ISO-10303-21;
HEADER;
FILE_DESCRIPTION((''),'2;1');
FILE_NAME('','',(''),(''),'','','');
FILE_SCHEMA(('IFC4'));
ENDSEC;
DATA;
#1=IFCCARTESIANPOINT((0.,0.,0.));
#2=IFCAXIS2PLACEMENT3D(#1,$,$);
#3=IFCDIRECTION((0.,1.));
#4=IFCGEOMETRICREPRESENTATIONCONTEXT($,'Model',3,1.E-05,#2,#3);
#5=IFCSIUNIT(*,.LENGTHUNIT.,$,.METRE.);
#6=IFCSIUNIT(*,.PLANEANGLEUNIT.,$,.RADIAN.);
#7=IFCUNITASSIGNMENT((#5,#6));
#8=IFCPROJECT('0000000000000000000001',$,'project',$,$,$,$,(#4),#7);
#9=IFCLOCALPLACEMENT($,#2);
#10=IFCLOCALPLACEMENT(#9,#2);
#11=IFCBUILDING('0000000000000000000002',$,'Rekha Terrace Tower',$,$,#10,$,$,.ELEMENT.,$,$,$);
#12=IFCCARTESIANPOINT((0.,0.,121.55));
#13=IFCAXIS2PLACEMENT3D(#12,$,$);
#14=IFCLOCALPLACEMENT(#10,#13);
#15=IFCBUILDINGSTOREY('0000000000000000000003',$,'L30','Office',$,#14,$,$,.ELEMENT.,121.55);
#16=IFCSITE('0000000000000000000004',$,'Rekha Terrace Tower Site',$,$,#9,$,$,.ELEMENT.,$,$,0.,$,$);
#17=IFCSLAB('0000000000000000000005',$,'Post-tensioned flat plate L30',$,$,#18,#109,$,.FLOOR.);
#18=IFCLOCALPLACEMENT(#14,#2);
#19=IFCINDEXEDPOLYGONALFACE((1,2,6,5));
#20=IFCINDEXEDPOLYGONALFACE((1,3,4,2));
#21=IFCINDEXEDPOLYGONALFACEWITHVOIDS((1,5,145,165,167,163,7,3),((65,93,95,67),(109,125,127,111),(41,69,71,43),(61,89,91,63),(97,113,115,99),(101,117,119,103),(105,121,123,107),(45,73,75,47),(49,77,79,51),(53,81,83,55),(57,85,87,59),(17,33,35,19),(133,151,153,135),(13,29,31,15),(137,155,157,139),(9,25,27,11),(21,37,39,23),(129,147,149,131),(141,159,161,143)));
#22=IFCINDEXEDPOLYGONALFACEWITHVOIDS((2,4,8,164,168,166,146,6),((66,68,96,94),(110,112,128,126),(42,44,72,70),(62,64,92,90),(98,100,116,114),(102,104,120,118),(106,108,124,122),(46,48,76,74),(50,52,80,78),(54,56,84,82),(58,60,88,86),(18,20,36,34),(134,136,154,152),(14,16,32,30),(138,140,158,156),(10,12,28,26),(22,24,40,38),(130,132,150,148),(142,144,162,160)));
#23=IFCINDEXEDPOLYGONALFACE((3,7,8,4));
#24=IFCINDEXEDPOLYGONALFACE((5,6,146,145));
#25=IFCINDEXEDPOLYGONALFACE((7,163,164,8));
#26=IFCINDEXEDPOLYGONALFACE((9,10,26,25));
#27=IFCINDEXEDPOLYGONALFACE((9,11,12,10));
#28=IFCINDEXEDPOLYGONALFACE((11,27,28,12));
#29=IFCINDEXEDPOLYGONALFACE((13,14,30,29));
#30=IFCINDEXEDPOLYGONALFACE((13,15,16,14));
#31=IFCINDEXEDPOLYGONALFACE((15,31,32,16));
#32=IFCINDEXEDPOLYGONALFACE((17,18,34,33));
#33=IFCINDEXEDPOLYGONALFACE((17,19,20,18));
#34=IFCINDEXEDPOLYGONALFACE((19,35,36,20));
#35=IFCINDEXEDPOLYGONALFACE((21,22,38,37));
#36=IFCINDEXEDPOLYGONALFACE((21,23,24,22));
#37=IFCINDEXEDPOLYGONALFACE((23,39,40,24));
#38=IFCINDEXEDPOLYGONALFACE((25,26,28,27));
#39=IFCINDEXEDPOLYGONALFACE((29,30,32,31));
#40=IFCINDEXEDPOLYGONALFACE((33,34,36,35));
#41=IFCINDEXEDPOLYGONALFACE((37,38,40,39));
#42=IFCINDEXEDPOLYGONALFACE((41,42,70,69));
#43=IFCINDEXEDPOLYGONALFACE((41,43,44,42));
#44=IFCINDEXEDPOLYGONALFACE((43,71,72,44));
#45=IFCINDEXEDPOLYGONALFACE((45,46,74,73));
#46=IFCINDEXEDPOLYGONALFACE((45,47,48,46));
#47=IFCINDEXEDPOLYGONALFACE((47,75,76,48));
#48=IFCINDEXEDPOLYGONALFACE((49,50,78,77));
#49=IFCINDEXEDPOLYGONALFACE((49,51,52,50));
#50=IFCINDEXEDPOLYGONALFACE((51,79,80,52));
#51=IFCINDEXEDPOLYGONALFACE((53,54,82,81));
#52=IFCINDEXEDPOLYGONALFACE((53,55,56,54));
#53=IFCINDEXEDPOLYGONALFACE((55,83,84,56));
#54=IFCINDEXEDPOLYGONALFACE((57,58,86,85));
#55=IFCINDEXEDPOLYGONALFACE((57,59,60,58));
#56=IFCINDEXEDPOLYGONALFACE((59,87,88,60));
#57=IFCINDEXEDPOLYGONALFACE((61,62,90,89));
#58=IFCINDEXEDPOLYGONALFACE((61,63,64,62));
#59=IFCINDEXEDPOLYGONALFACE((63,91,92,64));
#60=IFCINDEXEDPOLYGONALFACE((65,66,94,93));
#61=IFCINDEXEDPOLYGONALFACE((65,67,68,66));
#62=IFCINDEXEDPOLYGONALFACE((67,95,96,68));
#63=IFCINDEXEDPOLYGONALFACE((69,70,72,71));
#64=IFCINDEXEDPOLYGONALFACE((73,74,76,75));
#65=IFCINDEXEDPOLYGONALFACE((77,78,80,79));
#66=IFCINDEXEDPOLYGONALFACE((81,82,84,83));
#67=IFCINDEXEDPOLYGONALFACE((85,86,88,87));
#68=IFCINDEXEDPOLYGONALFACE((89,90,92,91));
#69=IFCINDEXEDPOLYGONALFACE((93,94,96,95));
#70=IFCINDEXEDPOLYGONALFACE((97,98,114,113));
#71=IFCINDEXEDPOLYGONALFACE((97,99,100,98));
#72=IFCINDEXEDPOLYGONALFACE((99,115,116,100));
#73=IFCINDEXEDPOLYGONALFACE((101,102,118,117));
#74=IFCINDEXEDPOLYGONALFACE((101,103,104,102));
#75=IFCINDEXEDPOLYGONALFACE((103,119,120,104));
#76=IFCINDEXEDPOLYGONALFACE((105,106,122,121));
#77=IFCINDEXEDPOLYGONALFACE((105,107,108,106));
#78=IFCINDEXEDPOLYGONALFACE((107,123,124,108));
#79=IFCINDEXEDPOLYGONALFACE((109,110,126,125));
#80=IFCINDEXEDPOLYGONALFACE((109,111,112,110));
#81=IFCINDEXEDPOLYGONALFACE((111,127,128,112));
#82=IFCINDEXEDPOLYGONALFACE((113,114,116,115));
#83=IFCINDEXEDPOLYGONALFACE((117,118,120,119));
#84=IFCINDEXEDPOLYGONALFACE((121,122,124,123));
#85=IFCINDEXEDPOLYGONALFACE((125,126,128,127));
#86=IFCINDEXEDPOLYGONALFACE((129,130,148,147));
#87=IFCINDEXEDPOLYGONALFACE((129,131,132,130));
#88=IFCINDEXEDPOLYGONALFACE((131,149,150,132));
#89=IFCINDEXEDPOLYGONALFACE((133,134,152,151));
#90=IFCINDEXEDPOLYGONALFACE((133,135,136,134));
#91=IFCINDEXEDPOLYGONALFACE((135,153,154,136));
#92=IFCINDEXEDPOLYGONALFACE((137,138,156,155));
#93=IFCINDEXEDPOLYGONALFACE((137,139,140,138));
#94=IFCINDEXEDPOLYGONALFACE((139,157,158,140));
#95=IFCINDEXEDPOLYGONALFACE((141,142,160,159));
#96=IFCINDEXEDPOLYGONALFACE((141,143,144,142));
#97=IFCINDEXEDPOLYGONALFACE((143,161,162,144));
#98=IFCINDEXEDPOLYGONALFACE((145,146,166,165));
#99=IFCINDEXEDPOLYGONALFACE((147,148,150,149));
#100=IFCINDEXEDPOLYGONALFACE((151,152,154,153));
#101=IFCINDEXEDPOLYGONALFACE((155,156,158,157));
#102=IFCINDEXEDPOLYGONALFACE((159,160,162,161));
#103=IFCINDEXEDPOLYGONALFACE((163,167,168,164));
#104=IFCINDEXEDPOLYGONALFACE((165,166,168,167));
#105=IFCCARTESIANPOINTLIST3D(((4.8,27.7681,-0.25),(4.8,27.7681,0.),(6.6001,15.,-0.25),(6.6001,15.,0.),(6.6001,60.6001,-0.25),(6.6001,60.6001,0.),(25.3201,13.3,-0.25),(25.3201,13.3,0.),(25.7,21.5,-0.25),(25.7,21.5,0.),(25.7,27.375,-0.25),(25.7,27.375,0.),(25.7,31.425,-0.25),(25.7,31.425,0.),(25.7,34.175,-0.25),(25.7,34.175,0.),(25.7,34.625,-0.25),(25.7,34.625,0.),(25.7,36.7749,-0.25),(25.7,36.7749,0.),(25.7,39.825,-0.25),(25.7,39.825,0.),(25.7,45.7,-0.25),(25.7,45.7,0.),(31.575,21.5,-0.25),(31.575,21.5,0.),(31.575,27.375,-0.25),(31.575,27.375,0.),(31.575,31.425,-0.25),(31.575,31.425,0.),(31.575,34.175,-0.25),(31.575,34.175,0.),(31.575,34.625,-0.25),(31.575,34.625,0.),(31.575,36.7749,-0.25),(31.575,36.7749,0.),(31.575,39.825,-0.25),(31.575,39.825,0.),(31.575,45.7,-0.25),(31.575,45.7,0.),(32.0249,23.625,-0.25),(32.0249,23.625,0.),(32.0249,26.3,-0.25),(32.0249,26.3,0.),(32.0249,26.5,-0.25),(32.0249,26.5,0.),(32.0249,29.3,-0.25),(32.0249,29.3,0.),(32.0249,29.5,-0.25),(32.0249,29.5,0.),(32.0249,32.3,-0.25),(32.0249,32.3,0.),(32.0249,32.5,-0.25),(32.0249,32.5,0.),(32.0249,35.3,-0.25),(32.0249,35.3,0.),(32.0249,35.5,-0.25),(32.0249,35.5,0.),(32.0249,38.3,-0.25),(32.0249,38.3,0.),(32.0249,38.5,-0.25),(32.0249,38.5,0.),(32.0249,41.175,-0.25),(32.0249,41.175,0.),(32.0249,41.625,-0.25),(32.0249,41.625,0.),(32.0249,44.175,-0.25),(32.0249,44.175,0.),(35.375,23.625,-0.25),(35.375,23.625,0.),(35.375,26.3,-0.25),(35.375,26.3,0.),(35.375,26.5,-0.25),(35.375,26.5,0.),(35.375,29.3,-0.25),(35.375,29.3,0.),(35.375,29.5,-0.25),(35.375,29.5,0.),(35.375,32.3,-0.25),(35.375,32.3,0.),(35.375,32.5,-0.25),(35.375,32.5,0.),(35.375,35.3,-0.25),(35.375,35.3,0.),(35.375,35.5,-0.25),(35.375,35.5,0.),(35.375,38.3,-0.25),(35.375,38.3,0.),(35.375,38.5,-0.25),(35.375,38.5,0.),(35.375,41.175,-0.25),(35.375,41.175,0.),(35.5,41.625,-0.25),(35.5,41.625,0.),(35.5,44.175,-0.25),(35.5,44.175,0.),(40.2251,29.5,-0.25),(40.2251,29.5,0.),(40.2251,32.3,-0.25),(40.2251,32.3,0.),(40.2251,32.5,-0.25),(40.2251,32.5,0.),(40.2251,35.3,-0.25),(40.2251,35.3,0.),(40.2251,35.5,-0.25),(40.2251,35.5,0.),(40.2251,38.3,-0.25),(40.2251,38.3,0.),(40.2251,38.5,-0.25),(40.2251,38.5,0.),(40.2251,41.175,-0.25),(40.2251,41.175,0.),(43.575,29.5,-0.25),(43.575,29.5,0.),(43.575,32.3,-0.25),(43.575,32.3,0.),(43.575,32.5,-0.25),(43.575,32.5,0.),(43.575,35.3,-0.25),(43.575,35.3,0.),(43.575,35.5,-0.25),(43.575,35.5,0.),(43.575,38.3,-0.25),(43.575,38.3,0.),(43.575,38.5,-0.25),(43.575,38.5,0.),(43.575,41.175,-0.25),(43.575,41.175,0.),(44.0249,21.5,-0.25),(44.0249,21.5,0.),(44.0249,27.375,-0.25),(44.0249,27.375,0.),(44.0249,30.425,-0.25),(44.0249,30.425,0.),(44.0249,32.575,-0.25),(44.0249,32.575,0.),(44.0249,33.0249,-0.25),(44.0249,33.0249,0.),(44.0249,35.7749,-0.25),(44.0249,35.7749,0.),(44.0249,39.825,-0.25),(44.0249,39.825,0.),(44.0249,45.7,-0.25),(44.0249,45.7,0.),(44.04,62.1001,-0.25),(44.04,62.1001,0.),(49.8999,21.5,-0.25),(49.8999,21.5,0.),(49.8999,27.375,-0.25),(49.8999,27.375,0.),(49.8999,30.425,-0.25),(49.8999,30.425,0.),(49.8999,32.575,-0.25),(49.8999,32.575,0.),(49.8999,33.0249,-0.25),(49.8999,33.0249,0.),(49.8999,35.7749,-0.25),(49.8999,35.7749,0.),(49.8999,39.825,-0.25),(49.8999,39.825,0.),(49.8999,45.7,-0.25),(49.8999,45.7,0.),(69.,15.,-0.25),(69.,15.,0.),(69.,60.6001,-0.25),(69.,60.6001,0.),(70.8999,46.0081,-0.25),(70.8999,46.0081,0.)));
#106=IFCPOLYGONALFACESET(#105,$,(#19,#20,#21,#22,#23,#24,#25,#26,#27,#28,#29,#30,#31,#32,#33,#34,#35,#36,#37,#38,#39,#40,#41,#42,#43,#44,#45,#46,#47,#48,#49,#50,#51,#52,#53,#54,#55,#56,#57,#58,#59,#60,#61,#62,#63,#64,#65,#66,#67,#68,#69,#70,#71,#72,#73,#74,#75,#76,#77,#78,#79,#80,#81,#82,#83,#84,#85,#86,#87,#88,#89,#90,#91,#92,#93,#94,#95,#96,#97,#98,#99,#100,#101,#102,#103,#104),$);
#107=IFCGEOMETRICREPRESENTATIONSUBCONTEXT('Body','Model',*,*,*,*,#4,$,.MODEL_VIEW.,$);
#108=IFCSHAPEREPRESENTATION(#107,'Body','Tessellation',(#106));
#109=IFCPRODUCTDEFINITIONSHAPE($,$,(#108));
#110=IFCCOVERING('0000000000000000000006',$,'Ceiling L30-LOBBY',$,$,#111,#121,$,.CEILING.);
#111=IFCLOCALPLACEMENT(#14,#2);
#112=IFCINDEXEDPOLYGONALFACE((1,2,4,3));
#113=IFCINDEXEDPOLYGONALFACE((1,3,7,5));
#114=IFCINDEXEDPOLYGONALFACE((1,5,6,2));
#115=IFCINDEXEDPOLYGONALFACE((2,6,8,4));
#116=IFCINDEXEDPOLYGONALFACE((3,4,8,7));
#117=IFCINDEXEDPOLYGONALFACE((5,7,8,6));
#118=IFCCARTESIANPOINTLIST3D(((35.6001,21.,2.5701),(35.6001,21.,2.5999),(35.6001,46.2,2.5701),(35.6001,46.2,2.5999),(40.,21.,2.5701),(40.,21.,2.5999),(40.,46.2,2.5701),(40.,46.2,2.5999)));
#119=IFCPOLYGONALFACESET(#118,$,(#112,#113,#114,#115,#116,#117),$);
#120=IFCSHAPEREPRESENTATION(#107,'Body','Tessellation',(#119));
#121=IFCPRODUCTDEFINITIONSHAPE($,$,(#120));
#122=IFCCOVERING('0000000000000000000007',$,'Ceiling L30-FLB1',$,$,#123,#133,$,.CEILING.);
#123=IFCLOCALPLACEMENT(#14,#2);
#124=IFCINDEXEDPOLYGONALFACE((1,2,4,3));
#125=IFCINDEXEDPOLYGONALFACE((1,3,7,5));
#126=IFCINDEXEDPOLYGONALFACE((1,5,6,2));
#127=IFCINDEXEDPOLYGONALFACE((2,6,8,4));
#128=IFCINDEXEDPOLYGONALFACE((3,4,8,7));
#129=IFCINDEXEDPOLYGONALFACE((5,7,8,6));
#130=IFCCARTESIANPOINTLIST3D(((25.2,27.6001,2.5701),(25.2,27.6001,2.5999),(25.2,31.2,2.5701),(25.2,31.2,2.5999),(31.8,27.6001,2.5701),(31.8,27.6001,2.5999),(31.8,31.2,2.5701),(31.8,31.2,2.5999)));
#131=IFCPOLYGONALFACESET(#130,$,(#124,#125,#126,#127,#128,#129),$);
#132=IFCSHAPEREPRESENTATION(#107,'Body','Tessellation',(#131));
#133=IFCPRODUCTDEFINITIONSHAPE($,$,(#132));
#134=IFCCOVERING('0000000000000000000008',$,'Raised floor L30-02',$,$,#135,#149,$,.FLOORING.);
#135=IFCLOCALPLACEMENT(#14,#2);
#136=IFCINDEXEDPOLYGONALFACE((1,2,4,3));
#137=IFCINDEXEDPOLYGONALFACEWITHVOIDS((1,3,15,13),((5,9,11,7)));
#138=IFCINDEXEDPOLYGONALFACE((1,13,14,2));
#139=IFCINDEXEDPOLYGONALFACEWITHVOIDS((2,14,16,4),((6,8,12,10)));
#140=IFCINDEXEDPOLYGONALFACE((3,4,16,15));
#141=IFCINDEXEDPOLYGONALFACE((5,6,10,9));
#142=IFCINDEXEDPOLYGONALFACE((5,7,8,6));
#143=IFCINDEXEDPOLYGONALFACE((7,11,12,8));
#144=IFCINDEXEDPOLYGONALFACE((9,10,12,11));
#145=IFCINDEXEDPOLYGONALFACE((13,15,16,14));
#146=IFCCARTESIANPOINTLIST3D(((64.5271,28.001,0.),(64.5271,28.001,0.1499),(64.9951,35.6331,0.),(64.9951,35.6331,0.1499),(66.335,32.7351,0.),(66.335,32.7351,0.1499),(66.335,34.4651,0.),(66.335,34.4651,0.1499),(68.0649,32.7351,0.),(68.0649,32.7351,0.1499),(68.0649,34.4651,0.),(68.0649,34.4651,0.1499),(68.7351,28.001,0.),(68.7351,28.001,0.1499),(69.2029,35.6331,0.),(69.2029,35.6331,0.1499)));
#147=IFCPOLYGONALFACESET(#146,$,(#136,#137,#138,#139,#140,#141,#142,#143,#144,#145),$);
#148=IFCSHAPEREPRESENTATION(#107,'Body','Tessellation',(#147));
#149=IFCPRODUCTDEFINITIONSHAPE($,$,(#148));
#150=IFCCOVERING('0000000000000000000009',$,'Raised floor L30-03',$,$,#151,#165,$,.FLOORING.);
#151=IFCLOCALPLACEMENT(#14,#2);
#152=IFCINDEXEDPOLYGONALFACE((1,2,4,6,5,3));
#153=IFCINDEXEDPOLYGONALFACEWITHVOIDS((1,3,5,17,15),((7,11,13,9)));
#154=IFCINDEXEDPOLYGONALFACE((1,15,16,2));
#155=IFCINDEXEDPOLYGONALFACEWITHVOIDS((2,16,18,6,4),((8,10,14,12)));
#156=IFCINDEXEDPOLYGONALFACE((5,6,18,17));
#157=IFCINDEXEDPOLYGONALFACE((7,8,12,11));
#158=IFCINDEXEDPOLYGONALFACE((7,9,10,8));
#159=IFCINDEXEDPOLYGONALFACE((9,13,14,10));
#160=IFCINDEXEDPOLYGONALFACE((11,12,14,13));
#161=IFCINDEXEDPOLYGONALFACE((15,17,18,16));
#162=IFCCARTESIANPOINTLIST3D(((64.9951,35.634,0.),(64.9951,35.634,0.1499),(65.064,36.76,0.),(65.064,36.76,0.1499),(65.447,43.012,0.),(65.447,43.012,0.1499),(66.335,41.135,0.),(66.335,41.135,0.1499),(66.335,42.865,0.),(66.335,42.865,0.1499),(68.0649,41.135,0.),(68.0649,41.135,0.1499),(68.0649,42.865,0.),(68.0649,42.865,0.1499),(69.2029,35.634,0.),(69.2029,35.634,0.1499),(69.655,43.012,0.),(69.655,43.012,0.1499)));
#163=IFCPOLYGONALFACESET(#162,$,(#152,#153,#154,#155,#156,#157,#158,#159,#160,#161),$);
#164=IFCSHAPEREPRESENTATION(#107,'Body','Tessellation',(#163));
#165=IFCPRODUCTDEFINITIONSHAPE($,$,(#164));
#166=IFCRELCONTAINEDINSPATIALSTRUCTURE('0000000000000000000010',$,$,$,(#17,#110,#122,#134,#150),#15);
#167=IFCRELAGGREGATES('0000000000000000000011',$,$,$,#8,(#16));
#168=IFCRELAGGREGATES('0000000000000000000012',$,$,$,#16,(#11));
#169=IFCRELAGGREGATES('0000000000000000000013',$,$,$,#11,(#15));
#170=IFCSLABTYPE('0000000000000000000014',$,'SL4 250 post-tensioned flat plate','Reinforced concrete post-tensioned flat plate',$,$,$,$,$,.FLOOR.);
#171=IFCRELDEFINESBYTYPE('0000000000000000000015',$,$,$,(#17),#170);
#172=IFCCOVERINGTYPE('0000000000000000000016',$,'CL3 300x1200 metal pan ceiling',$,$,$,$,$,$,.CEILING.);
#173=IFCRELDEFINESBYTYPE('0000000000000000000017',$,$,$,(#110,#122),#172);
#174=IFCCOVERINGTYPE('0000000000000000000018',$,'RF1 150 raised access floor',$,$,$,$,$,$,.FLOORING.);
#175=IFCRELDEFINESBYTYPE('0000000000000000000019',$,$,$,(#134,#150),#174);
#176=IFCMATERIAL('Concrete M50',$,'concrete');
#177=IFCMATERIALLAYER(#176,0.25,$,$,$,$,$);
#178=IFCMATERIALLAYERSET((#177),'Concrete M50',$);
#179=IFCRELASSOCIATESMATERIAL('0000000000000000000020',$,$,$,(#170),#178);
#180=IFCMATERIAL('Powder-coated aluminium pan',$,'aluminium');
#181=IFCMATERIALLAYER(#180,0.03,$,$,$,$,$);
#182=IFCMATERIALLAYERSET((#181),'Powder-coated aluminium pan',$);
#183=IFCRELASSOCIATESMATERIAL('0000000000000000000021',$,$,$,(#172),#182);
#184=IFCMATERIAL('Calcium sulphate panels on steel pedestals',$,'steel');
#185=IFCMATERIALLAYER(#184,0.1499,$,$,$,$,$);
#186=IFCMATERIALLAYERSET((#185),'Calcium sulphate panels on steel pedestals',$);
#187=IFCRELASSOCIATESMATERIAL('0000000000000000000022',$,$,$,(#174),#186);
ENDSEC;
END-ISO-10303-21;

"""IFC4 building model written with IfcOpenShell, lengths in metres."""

from ifc_helpers import new_model, si_unit, direction, frame, origin, place, context, subcontext, project, spatial, polyline, outline, extrude, material, layer, layer_set, type_object, element, save


model = new_model("IFC4")

# Units and contexts
model_context = context("Model", 3, precision=1e-05, world=origin(), true_north=direction((0.0, 1.0)))
body_context = subcontext(model_context, "Body", "Model", "MODEL_VIEW")
ifc_project = project(units=[si_unit("LENGTHUNIT", "METRE"), si_unit("PLANEANGLEUNIT", "RADIAN")], contexts=[model_context])

# Site, building, storey
site_placement = place(None, origin())
site = spatial("IfcSite", under=ifc_project, at=site_placement, Name="Rekha Terrace Tower Site", CompositionType="ELEMENT", RefElevation=0.0)
building_placement = place(site_placement, origin())
building = spatial("IfcBuilding", under=site, at=building_placement, Name="Rekha Terrace Tower", CompositionType="ELEMENT")
storey_placement = place(building_placement, frame((0.0, 0.0, 121.55)))
storey = spatial("IfcBuildingStorey", under=building, at=storey_placement, Name="L30", Description="Office", CompositionType="ELEMENT", Elevation=121.55)

# Slab
ifc_material_1 = material(Name="Concrete M50", Category="concrete")
ifc_layer_1 = layer(ifc_material_1, 0.25)
ifc_layer_set_1 = layer_set([ifc_layer_1], Name="Concrete M50")
slab_type_1 = type_object("IfcSlabType", Name="SL4 250 post-tensioned flat plate", Description="Reinforced concrete post-tensioned flat plate", PredefinedType="FLOOR", material=ifc_layer_set_1)
slab_1_placement = place(storey_placement, frame((0.0, 0.0, -0.25)))
element("IfcSlab", 1, at=slab_1_placement, inside=storey, type_object=slab_type_1, Name="Post-tensioned flat plate L30", PredefinedType="FLOOR", context=body_context, shape_type="SweptSolid", body=[
    extrude(outline(polyline([(4.8, 27.7681), (6.6001, 15.0), (25.3201, 13.3), (69.0, 15.0), (70.8999, 46.0081), (69.0, 60.6001), (44.04, 62.1001), (6.6001, 60.6001), (4.8, 27.7681)]), holes=[polyline([(31.575, 27.375), (31.575, 21.5), (25.7, 21.5), (25.7, 27.375), (31.575, 27.375)]), polyline([(35.375, 26.3), (35.375, 23.625), (32.0249, 23.625), (32.0249, 26.3), (35.375, 26.3)]), polyline([(35.375, 29.3), (35.375, 26.5), (32.0249, 26.5), (32.0249, 29.3), (35.375, 29.3)]), polyline([(35.375, 32.3), (35.375, 29.5), (32.0249, 29.5), (32.0249, 32.3), (35.375, 32.3)]), polyline([(31.575, 34.175), (31.575, 31.425), (25.7, 31.425), (25.7, 34.175), (31.575, 34.175)]), polyline([(35.375, 35.3), (35.375, 32.5), (32.0249, 32.5), (32.0249, 35.3), (35.375, 35.3)]), polyline([(31.575, 36.7749), (31.575, 34.625), (25.7, 34.625), (25.7, 36.7749), (31.575, 36.7749)]), polyline([(35.375, 35.5), (32.0249, 35.5), (32.0249, 38.3), (35.375, 38.3), (35.375, 35.5)]), polyline([(35.375, 38.5), (32.0249, 38.5), (32.0249, 41.175), (35.375, 41.175), (35.375, 38.5)]), polyline([(31.575, 45.7), (31.575, 39.825), (25.7, 39.825), (25.7, 45.7), (31.575, 45.7)]), polyline([(49.8999, 27.375), (49.8999, 21.5), (44.0249, 21.5), (44.0249, 27.375), (49.8999, 27.375)]), polyline([(43.575, 32.3), (43.575, 29.5), (40.2251, 29.5), (40.2251, 32.3), (43.575, 32.3)]), polyline([(49.8999, 30.425), (44.0249, 30.425), (44.0249, 32.575), (49.8999, 32.575), (49.8999, 30.425)]), polyline([(43.575, 32.5), (40.2251, 32.5), (40.2251, 35.3), (43.575, 35.3), (43.575, 32.5)]), polyline([(49.8999, 35.7749), (49.8999, 33.0249), (44.0249, 33.0249), (44.0249, 35.7749), (49.8999, 35.7749)]), polyline([(43.575, 38.3), (43.575, 35.5), (40.2251, 35.5), (40.2251, 38.3), (43.575, 38.3)]), polyline([(43.575, 41.175), (43.575, 38.5), (40.2251, 38.5), (40.2251, 41.175), (43.575, 41.175)]), polyline([(49.8999, 39.825), (44.0249, 39.825), (44.0249, 45.7), (49.8999, 45.7), (49.8999, 39.825)]), polyline([(35.5, 41.625), (32.0249, 41.625), (32.0249, 44.175), (35.5, 44.175), (35.5, 41.625)])]), origin(), (0.0, 0.0, 1.0), 0.25),
])

# Coverings
ifc_material_2 = material(Name="Powder-coated aluminium pan", Category="aluminium")
ifc_layer_2 = layer(ifc_material_2, 0.03)
ifc_layer_set_2 = layer_set([ifc_layer_2], Name="Powder-coated aluminium pan")
covering_type_1 = type_object("IfcCoveringType", Name="CL3 300x1200 metal pan ceiling", PredefinedType="CEILING", material=ifc_layer_set_2)
covering_1_placement = place(storey_placement, frame((0.0, 0.0, 2.5701)))
element("IfcCovering", 2, at=covering_1_placement, inside=storey, type_object=covering_type_1, Name="Ceiling L30-LOBBY", PredefinedType="CEILING", context=body_context, shape_type="SweptSolid", body=[
    extrude(outline(polyline([(40.0, 46.2), (35.6001, 46.2), (35.6001, 21.0), (40.0, 21.0), (40.0, 46.2)])), origin(), (0.0, 0.0, 1.0), 0.0298),
])
covering_2_placement = place(storey_placement, frame((0.0, 0.0, 2.5701)))
element("IfcCovering", 3, at=covering_2_placement, inside=storey, type_object=covering_type_1, Name="Ceiling L30-FLB1", PredefinedType="CEILING", context=body_context, shape_type="SweptSolid", body=[
    extrude(outline(polyline([(31.8, 31.2), (25.2, 31.2), (25.2, 27.6001), (31.8, 27.6001), (31.8, 31.2)])), origin(), (0.0, 0.0, 1.0), 0.0298),
])
ifc_material_3 = material(Name="Calcium sulphate panels on steel pedestals", Category="steel")
ifc_layer_3 = layer(ifc_material_3, 0.1499)
ifc_layer_set_3 = layer_set([ifc_layer_3], Name="Calcium sulphate panels on steel pedestals")
covering_type_2 = type_object("IfcCoveringType", Name="RF1 150 raised access floor", PredefinedType="FLOORING", material=ifc_layer_set_3)
covering_3_placement = place(storey_placement, origin())
element("IfcCovering", 4, at=covering_3_placement, inside=storey, type_object=covering_type_2, Name="Raised floor L30-02", PredefinedType="FLOORING", context=body_context, shape_type="SweptSolid", body=[
    extrude(outline(polyline([(68.7351, 28.001), (69.2029, 35.6331), (64.9951, 35.6331), (64.5271, 28.001), (68.7351, 28.001)]), holes=[polyline([(68.0649, 34.4651), (68.0649, 32.7351), (66.335, 32.7351), (66.335, 34.4651), (68.0649, 34.4651)])]), origin(), (0.0, 0.0, 1.0), 0.1499),
])
covering_4_placement = place(storey_placement, origin())
element("IfcCovering", 5, at=covering_4_placement, inside=storey, type_object=covering_type_2, Name="Raised floor L30-03", PredefinedType="FLOORING", context=body_context, shape_type="SweptSolid", body=[
    extrude(outline(polyline([(69.655, 43.012), (65.447, 43.012), (65.064, 36.76), (64.9951, 35.634), (69.2029, 35.634), (69.655, 43.012)]), holes=[polyline([(68.0649, 41.135), (66.335, 41.135), (66.335, 42.865), (68.0649, 42.865), (68.0649, 41.135)])]), origin(), (0.0, 0.0, 1.0), 0.1499),
])

save(model, "model.ifc")
